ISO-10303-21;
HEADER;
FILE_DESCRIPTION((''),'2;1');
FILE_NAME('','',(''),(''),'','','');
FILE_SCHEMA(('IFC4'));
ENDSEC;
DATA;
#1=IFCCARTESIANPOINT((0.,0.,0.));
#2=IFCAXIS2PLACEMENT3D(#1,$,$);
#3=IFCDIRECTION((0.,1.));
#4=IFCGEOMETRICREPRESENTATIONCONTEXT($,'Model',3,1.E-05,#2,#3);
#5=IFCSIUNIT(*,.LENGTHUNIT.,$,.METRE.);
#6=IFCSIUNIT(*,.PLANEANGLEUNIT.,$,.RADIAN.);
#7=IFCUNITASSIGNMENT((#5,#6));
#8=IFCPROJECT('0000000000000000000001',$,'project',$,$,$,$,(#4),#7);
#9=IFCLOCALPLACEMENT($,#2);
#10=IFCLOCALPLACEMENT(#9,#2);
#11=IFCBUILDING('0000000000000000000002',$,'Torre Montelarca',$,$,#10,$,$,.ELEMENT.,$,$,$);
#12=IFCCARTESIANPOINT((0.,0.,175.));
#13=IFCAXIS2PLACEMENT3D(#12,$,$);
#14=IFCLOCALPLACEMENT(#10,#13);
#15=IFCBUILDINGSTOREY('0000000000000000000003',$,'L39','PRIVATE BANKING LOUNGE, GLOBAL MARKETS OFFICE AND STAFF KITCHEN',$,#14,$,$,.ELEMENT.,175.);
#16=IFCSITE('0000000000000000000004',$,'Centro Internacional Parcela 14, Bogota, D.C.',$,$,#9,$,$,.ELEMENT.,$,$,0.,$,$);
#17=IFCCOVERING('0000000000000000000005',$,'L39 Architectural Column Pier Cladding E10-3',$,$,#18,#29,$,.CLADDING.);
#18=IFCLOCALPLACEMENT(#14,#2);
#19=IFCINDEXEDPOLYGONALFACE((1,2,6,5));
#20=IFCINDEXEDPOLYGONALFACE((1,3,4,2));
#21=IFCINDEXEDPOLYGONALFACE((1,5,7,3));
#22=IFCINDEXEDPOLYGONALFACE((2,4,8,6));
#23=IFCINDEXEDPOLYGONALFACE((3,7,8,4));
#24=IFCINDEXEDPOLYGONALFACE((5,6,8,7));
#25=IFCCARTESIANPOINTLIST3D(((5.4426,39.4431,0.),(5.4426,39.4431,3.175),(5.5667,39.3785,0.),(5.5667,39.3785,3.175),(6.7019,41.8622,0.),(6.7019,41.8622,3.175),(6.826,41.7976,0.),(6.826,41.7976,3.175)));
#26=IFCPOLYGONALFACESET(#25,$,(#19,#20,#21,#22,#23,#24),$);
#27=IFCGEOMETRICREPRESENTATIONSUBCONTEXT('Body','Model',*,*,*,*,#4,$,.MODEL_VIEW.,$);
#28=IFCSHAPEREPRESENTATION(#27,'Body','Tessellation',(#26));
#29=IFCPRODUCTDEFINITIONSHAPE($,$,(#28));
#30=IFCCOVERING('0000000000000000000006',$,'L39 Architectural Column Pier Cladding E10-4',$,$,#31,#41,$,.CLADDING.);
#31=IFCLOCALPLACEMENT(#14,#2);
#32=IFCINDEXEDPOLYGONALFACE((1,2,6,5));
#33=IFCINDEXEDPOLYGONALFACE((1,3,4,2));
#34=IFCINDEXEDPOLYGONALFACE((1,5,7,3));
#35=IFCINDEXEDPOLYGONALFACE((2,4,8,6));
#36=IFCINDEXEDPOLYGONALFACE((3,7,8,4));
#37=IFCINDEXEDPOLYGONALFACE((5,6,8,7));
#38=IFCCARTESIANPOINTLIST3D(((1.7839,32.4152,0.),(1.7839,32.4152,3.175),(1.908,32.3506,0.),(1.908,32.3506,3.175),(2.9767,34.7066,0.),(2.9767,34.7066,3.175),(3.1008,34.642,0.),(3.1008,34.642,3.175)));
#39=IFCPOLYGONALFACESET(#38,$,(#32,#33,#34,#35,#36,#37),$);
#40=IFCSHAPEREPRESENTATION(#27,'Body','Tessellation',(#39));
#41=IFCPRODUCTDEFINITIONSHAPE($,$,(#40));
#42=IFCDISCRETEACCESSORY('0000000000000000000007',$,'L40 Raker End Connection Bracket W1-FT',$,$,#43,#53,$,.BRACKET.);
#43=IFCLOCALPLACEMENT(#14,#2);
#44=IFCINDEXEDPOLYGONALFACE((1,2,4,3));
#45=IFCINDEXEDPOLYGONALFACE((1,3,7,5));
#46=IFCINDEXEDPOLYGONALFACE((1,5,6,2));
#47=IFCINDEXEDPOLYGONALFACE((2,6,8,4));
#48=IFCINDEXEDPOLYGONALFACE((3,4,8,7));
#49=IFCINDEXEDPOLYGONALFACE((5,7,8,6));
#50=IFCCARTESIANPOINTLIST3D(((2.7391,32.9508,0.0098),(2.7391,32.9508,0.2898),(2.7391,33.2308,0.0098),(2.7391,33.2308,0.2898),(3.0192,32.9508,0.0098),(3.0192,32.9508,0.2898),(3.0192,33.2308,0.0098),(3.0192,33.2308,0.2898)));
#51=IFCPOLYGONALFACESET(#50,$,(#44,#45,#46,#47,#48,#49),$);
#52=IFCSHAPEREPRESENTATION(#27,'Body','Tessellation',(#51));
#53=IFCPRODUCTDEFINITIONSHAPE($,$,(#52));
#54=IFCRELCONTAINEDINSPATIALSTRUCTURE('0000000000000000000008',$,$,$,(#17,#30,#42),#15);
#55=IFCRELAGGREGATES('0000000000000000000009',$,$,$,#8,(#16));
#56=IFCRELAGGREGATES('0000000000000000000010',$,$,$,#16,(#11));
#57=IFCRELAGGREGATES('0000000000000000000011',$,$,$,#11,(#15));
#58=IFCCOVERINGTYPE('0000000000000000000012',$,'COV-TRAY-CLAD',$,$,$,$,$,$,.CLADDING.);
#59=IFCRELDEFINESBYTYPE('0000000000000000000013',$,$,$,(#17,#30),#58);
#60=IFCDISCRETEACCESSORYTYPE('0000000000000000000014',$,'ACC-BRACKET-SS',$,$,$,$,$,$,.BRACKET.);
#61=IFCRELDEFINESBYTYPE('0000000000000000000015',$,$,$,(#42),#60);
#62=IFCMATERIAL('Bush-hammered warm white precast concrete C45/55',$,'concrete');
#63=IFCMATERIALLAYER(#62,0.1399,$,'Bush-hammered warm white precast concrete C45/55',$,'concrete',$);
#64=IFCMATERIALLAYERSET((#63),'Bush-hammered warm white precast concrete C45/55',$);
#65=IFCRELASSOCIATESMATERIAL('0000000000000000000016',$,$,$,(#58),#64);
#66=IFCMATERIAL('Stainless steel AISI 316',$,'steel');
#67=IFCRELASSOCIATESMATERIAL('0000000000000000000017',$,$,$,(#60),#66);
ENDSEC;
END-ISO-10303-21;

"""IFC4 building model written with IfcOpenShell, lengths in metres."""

from ifc_helpers import new_model, si_unit, direction, frame, origin, origin_2d, place, context, subcontext, project, spatial, rectangle, extrude, source, transform, mapped, material, layer, layer_set, type_object, element, save


model = new_model("IFC4")

# Units and contexts
model_context = context("Model", 3, precision=1e-05, world=origin(), true_north=direction((0.0, 1.0)))
body_context = subcontext(model_context, "Body", "Model", "MODEL_VIEW")
ifc_project = project(units=[si_unit("LENGTHUNIT", "METRE"), si_unit("PLANEANGLEUNIT", "RADIAN")], contexts=[model_context])

# Site, building, storey
site_placement = place(None, origin())
site = spatial("IfcSite", under=ifc_project, at=site_placement, Name="Centro Internacional Parcela 14, Bogota, D.C.", CompositionType="ELEMENT", RefElevation=0.0)
building_placement = place(site_placement, origin())
building = spatial("IfcBuilding", under=site, at=building_placement, Name="Torre Montelarca", CompositionType="ELEMENT")
storey_placement = place(building_placement, frame((0.0, 0.0, 175.0)))
storey = spatial("IfcBuildingStorey", under=building, at=storey_placement, Name="L39", Description="PRIVATE BANKING LOUNGE, GLOBAL MARKETS OFFICE AND STAFF KITCHEN", CompositionType="ELEMENT", Elevation=175.0)

# Coverings
ifc_material_1 = material(Name="Bush-hammered warm white precast concrete C45/55", Category="concrete")
ifc_layer_1 = layer(ifc_material_1, 0.1399, Name="Bush-hammered warm white precast concrete C45/55", Category="concrete")
ifc_layer_set_1 = layer_set([ifc_layer_1], Name="Bush-hammered warm white precast concrete C45/55")
covering_type = type_object("IfcCoveringType", Name="COV-TRAY-CLAD", PredefinedType="CLADDING", material=ifc_layer_set_1)
shared_shape_1 = source(origin(), body_context, "Body", "SweptSolid", [
    extrude(rectangle(XDim=2.7273, YDim=0.1399, at=origin_2d()), origin(), (0.0, 0.0, 1.0), 3.175),
])
covering_1_placement = place(storey_placement, frame((6.1343, 40.6204, 0.0), z_axis=(0.0, 0.0, 1.0), x_axis=(-0.461746, -0.887012, 0.0)))
element("IfcCovering", 1, at=covering_1_placement, inside=storey, type_object=covering_type, Name="L39 Architectural Column Pier Cladding E10-3", PredefinedType="CLADDING", context=body_context, shape_type="MappedRepresentation", body=[
    mapped(shared_shape_1, transform((0.0, 0.0, 0.0), scale=1.0)),
])
shared_shape_2 = source(origin(), body_context, "Body", "SweptSolid", [
    extrude(rectangle(XDim=2.5833, YDim=0.1399, at=origin_2d()), origin(), (0.0, 0.0, 1.0), 3.175),
])
covering_2_placement = place(storey_placement, frame((2.4424, 33.5286, 0.0), z_axis=(0.0, 0.0, 1.0), x_axis=(-0.461746, -0.887012, 0.0)))
element("IfcCovering", 2, at=covering_2_placement, inside=storey, type_object=covering_type, Name="L39 Architectural Column Pier Cladding E10-4", PredefinedType="CLADDING", context=body_context, shape_type="MappedRepresentation", body=[
    mapped(shared_shape_2, transform((0.0, 0.0, 0.0), scale=1.0)),
])

# Discrete accessory
ifc_material_2 = material(Name="Stainless steel AISI 316", Category="steel")
discrete_accessory_type = type_object("IfcDiscreteAccessoryType", Name="ACC-BRACKET-SS", PredefinedType="BRACKET", material=ifc_material_2)
shared_shape_3 = source(origin(), body_context, "Body", "SweptSolid", [
    extrude(rectangle(XDim=0.28, YDim=0.28, at=origin_2d()), origin(), (0.0, 0.0, 1.0), 0.28),
])
discrete_accessory_placement = place(storey_placement, frame((2.8792, 33.0908, 0.0098), z_axis=(0.0, 0.0, 1.0), x_axis=(1.0, 0.0, 0.0)))
element("IfcDiscreteAccessory", 3, at=discrete_accessory_placement, inside=storey, type_object=discrete_accessory_type, Name="L40 Raker End Connection Bracket W1-FT", PredefinedType="BRACKET", context=body_context, shape_type="MappedRepresentation", body=[
    mapped(shared_shape_3, transform((0.0, 0.0, 0.0), scale=1.0)),
])

save(model, "model.ifc")
